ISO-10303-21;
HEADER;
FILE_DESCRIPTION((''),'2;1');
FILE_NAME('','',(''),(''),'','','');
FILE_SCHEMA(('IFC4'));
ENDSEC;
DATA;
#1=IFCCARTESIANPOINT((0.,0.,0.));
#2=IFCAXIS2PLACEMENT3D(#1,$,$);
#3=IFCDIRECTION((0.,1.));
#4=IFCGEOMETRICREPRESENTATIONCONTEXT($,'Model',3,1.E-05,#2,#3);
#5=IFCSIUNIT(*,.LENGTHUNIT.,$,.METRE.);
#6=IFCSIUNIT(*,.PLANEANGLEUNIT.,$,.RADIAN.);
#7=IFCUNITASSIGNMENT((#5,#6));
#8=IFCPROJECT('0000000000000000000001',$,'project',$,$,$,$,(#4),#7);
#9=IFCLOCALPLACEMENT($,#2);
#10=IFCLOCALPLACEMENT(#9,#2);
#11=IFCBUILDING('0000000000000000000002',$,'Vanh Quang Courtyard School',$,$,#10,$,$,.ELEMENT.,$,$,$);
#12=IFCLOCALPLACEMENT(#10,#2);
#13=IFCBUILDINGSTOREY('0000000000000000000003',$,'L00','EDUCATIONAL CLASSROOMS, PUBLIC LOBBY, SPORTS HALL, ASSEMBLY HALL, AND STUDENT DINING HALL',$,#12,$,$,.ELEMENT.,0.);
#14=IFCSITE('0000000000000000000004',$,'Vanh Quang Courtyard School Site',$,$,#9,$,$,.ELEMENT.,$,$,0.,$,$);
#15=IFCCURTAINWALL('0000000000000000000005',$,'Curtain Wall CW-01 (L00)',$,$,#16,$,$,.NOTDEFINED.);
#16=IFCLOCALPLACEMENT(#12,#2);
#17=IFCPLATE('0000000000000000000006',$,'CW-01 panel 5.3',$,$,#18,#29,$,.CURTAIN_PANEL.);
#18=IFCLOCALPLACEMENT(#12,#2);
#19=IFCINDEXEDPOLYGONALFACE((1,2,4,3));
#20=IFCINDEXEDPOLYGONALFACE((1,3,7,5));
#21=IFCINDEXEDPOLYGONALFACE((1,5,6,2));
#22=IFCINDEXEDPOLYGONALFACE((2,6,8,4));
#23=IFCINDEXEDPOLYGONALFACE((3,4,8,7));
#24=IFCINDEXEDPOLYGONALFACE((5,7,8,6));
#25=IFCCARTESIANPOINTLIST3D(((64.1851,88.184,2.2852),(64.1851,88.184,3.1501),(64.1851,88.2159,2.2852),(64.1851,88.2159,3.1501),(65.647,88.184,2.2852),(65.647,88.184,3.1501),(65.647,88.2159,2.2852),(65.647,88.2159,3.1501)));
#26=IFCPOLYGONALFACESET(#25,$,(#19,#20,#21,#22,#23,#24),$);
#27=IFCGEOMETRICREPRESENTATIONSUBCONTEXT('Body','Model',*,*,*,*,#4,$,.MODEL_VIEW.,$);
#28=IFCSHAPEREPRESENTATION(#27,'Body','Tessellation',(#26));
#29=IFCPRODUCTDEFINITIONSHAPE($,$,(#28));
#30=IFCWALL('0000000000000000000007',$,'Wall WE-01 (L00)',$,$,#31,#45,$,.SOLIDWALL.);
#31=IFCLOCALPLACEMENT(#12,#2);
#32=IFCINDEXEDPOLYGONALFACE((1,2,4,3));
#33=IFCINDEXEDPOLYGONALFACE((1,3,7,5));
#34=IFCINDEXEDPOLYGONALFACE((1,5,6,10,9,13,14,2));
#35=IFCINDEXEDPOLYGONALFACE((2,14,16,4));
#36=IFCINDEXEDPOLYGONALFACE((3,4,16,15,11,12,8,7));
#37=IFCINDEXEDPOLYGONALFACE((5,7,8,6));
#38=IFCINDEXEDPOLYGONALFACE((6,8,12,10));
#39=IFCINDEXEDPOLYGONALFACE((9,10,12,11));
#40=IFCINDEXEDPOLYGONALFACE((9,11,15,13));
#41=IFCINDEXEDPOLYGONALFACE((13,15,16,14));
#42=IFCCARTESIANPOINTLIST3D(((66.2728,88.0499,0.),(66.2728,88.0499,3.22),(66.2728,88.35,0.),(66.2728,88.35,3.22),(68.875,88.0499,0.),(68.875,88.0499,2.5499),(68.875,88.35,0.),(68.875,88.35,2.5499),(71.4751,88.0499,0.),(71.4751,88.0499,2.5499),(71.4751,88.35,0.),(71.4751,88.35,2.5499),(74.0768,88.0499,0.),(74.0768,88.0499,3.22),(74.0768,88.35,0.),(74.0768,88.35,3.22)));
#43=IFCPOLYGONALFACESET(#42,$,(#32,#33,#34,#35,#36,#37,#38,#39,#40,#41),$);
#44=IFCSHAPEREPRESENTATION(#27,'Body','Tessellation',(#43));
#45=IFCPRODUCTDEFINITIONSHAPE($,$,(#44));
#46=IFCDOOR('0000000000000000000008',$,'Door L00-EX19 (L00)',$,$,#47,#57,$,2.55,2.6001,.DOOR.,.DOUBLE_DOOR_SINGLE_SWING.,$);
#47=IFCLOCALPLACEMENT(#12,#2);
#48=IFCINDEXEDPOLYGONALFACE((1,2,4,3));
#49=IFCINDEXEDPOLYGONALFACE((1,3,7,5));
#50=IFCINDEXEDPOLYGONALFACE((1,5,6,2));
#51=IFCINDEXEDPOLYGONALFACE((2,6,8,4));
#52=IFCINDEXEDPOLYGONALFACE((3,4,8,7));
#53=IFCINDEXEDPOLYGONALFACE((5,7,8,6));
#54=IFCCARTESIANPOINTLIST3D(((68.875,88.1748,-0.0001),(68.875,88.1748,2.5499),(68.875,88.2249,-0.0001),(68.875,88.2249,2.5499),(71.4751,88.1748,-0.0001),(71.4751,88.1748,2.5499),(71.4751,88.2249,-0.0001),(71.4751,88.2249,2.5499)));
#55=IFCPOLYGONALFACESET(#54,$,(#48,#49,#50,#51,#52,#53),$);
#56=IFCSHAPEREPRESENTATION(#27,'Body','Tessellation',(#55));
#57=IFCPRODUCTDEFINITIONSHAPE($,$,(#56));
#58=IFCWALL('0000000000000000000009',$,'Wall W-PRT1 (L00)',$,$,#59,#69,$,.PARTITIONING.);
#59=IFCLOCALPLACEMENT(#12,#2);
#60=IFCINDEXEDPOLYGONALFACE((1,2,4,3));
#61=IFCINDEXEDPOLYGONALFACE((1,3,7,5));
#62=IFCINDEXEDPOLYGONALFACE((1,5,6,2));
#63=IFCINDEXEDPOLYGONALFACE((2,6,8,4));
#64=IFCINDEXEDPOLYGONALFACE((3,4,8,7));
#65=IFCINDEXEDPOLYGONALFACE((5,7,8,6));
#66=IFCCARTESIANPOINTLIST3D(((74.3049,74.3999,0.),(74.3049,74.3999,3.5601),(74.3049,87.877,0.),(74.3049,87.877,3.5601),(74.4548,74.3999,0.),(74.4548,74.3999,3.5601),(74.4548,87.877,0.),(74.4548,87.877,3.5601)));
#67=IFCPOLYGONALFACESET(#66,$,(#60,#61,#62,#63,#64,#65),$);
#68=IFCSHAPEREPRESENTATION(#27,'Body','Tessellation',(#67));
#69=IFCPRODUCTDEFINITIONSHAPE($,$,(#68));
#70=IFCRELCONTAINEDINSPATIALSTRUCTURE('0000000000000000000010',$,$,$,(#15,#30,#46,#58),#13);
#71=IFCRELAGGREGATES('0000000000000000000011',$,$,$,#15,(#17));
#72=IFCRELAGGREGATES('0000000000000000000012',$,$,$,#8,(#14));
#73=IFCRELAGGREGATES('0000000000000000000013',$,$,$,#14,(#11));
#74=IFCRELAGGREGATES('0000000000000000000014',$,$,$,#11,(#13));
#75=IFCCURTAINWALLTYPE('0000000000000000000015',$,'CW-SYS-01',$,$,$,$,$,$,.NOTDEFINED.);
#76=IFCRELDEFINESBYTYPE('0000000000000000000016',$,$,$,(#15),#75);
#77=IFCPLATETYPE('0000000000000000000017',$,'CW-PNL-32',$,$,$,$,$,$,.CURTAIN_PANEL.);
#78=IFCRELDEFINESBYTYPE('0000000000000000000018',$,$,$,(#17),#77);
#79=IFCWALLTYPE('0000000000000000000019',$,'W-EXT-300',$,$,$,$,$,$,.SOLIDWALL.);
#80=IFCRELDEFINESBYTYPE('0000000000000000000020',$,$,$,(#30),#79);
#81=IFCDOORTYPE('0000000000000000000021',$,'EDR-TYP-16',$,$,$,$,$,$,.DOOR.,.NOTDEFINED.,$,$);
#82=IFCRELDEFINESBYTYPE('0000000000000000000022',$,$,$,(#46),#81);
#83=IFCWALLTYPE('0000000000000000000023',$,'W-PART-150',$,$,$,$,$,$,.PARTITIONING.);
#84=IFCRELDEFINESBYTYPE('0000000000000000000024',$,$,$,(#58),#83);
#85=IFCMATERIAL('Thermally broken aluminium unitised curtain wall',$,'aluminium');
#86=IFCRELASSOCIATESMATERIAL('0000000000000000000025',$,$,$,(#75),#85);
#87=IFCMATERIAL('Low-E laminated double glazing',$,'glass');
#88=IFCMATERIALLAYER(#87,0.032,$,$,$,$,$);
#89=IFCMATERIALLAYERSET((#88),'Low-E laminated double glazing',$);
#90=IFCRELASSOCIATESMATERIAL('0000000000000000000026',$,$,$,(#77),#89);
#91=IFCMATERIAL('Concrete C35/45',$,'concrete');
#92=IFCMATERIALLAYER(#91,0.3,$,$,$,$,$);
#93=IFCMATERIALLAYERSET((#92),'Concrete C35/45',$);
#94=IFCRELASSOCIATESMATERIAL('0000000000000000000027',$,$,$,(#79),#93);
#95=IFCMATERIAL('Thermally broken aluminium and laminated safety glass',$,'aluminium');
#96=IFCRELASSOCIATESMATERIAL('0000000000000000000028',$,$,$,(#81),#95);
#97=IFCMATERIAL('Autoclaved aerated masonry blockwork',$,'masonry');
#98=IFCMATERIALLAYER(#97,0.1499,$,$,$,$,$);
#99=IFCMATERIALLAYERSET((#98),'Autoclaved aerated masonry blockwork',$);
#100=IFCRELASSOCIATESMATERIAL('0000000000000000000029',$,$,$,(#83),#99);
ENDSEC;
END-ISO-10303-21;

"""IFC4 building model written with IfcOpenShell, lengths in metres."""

from ifc_helpers import new_model, si_unit, direction, frame, frame_2d, origin, origin_2d, place, context, subcontext, project, spatial, rectangle, extrude, material, layer, layer_set, type_object, element, fill, aggregate, save


model = new_model("IFC4")

# Units and contexts
model_context = context("Model", 3, precision=1e-05, world=origin(), true_north=direction((0.0, 1.0)))
body_context = subcontext(model_context, "Body", "Model", "MODEL_VIEW")
ifc_project = project(units=[si_unit("LENGTHUNIT", "METRE"), si_unit("PLANEANGLEUNIT", "RADIAN")], contexts=[model_context])

# Site, building, storey
site_placement = place(None, origin())
site = spatial("IfcSite", under=ifc_project, at=site_placement, Name="Vanh Quang Courtyard School Site", CompositionType="ELEMENT", RefElevation=0.0)
building_placement = place(site_placement, origin())
building = spatial("IfcBuilding", under=site, at=building_placement, Name="Vanh Quang Courtyard School", CompositionType="ELEMENT")
storey_placement = place(building_placement, origin())
storey = spatial("IfcBuildingStorey", under=building, at=storey_placement, Name="L00", Description="EDUCATIONAL CLASSROOMS, PUBLIC LOBBY, SPORTS HALL, ASSEMBLY HALL, AND STUDENT DINING HALL", CompositionType="ELEMENT", Elevation=0.0)

# Shared definitions
ifc_material_1 = material(Name="Concrete C35/45", Category="concrete")

# Curtain wall
ifc_material_2 = material(Name="Thermally broken aluminium unitised curtain wall", Category="aluminium")
curtain_wall_type_1 = type_object("IfcCurtainWallType", Name="CW-SYS-01", PredefinedType="NOTDEFINED", material=ifc_material_2)
curtain_wall_1_placement = place(storey_placement, origin())
curtain_wall_1 = element("IfcCurtainWall", 1, at=curtain_wall_1_placement, inside=storey, type_object=curtain_wall_type_1, Name="Curtain Wall CW-01 (L00)", PredefinedType="NOTDEFINED")

# Plate
ifc_material_3 = material(Name="Low-E laminated double glazing", Category="glass")
ifc_layer_1 = layer(ifc_material_3, 0.032)
ifc_layer_set_1 = layer_set([ifc_layer_1], Name="Low-E laminated double glazing")
plate_type_1 = type_object("IfcPlateType", Name="CW-PNL-32", PredefinedType="CURTAIN_PANEL", material=ifc_layer_set_1)
plate_1_placement = place(storey_placement, frame((64.916, 88.2, 2.2852), z_axis=(0.0, 0.0, 1.0), x_axis=(1.0, 0.0, 0.0)))
plate_1 = element("IfcPlate", 2, at=plate_1_placement, type_object=plate_type_1, Name="CW-01 panel 5.3", PredefinedType="CURTAIN_PANEL", context=body_context, shape_type="SweptSolid", body=[
    extrude(rectangle(XDim=1.4619, YDim=0.032, at=origin_2d()), origin(), (0.0, 0.0, 1.0), 0.865),
])
aggregate(curtain_wall_1, [plate_1])

# Wall, opening, door
ifc_layer_2 = layer(ifc_material_1, 0.3)
ifc_layer_set_2 = layer_set([ifc_layer_2], Name="Concrete C35/45")
wall_type_1 = type_object("IfcWallType", Name="W-EXT-300", PredefinedType="SOLIDWALL", material=ifc_layer_set_2)
wall_1_placement = place(storey_placement, frame((66.2729, 88.2, 0.0), z_axis=(0.0, 0.0, 1.0), x_axis=(1.0, 0.0, 0.0)))
wall_1 = element("IfcWall", 3, at=wall_1_placement, inside=storey, type_object=wall_type_1, Name="Wall WE-01 (L00)", PredefinedType="SOLIDWALL", context=body_context, shape_type="SweptSolid", body=[
    extrude(rectangle(XDim=7.804, YDim=0.3, at=frame_2d((3.9019, 0.0))), origin(), (0.0, 0.0, 1.0), 3.22),
])
opening_placement = place(wall_1_placement, frame((2.6021, 0.0, 0.0)))
opening = element("IfcOpeningElement", 4, at=opening_placement, cuts=wall_1, PredefinedType="OPENING", context=body_context, shape_type="SweptSolid", body=[
    extrude(rectangle(XDim=2.6001, YDim=2.55, at=frame_2d((1.3, 1.2749))), frame((0.0, 0.1602, 0.0), z_axis=(0.0, -1.0, 0.0), x_axis=(1.0, 0.0, 0.0)), (0.0, 0.0, 1.0), 0.3201),
])
ifc_material_4 = material(Name="Thermally broken aluminium and laminated safety glass", Category="aluminium")
door_type = type_object("IfcDoorType", Name="EDR-TYP-16", OperationType="NOTDEFINED", PredefinedType="DOOR", material=ifc_material_4)
door_placement = place(opening_placement, origin())
door = element("IfcDoor", 5, at=door_placement, inside=storey, type_object=door_type, Name="Door L00-EX19 (L00)", OperationType="DOUBLE_DOOR_SINGLE_SWING", OverallHeight=2.55, OverallWidth=2.6001, PredefinedType="DOOR", context=body_context, shape_type="SweptSolid", body=[
    extrude(rectangle(XDim=2.6001, YDim=2.55, at=frame_2d((1.3, 1.2749))), frame((0.0, 0.0249, 0.0), z_axis=(0.0, -1.0, 0.0), x_axis=(1.0, 0.0, 0.0)), (0.0, 0.0, 1.0), 0.05),
])
fill(opening, door)

# Wall
ifc_material_5 = material(Name="Autoclaved aerated masonry blockwork", Category="masonry")
ifc_layer_3 = layer(ifc_material_5, 0.1499)
ifc_layer_set_3 = layer_set([ifc_layer_3], Name="Autoclaved aerated masonry blockwork")
wall_type_2 = type_object("IfcWallType", Name="W-PART-150", PredefinedType="PARTITIONING", material=ifc_layer_set_3)
wall_2_placement = place(storey_placement, frame((74.3799, 87.877, 0.0), z_axis=(0.0, 0.0, 1.0), x_axis=(0.0, -1.0, 0.0)))
element("IfcWall", 6, at=wall_2_placement, inside=storey, type_object=wall_type_2, Name="Wall W-PRT1 (L00)", PredefinedType="PARTITIONING", context=body_context, shape_type="SweptSolid", body=[
    extrude(rectangle(XDim=13.4771, YDim=0.1499, at=frame_2d((6.7385, 0.0))), origin(), (0.0, 0.0, 1.0), 3.5601),
])

save(model, "model.ifc")
